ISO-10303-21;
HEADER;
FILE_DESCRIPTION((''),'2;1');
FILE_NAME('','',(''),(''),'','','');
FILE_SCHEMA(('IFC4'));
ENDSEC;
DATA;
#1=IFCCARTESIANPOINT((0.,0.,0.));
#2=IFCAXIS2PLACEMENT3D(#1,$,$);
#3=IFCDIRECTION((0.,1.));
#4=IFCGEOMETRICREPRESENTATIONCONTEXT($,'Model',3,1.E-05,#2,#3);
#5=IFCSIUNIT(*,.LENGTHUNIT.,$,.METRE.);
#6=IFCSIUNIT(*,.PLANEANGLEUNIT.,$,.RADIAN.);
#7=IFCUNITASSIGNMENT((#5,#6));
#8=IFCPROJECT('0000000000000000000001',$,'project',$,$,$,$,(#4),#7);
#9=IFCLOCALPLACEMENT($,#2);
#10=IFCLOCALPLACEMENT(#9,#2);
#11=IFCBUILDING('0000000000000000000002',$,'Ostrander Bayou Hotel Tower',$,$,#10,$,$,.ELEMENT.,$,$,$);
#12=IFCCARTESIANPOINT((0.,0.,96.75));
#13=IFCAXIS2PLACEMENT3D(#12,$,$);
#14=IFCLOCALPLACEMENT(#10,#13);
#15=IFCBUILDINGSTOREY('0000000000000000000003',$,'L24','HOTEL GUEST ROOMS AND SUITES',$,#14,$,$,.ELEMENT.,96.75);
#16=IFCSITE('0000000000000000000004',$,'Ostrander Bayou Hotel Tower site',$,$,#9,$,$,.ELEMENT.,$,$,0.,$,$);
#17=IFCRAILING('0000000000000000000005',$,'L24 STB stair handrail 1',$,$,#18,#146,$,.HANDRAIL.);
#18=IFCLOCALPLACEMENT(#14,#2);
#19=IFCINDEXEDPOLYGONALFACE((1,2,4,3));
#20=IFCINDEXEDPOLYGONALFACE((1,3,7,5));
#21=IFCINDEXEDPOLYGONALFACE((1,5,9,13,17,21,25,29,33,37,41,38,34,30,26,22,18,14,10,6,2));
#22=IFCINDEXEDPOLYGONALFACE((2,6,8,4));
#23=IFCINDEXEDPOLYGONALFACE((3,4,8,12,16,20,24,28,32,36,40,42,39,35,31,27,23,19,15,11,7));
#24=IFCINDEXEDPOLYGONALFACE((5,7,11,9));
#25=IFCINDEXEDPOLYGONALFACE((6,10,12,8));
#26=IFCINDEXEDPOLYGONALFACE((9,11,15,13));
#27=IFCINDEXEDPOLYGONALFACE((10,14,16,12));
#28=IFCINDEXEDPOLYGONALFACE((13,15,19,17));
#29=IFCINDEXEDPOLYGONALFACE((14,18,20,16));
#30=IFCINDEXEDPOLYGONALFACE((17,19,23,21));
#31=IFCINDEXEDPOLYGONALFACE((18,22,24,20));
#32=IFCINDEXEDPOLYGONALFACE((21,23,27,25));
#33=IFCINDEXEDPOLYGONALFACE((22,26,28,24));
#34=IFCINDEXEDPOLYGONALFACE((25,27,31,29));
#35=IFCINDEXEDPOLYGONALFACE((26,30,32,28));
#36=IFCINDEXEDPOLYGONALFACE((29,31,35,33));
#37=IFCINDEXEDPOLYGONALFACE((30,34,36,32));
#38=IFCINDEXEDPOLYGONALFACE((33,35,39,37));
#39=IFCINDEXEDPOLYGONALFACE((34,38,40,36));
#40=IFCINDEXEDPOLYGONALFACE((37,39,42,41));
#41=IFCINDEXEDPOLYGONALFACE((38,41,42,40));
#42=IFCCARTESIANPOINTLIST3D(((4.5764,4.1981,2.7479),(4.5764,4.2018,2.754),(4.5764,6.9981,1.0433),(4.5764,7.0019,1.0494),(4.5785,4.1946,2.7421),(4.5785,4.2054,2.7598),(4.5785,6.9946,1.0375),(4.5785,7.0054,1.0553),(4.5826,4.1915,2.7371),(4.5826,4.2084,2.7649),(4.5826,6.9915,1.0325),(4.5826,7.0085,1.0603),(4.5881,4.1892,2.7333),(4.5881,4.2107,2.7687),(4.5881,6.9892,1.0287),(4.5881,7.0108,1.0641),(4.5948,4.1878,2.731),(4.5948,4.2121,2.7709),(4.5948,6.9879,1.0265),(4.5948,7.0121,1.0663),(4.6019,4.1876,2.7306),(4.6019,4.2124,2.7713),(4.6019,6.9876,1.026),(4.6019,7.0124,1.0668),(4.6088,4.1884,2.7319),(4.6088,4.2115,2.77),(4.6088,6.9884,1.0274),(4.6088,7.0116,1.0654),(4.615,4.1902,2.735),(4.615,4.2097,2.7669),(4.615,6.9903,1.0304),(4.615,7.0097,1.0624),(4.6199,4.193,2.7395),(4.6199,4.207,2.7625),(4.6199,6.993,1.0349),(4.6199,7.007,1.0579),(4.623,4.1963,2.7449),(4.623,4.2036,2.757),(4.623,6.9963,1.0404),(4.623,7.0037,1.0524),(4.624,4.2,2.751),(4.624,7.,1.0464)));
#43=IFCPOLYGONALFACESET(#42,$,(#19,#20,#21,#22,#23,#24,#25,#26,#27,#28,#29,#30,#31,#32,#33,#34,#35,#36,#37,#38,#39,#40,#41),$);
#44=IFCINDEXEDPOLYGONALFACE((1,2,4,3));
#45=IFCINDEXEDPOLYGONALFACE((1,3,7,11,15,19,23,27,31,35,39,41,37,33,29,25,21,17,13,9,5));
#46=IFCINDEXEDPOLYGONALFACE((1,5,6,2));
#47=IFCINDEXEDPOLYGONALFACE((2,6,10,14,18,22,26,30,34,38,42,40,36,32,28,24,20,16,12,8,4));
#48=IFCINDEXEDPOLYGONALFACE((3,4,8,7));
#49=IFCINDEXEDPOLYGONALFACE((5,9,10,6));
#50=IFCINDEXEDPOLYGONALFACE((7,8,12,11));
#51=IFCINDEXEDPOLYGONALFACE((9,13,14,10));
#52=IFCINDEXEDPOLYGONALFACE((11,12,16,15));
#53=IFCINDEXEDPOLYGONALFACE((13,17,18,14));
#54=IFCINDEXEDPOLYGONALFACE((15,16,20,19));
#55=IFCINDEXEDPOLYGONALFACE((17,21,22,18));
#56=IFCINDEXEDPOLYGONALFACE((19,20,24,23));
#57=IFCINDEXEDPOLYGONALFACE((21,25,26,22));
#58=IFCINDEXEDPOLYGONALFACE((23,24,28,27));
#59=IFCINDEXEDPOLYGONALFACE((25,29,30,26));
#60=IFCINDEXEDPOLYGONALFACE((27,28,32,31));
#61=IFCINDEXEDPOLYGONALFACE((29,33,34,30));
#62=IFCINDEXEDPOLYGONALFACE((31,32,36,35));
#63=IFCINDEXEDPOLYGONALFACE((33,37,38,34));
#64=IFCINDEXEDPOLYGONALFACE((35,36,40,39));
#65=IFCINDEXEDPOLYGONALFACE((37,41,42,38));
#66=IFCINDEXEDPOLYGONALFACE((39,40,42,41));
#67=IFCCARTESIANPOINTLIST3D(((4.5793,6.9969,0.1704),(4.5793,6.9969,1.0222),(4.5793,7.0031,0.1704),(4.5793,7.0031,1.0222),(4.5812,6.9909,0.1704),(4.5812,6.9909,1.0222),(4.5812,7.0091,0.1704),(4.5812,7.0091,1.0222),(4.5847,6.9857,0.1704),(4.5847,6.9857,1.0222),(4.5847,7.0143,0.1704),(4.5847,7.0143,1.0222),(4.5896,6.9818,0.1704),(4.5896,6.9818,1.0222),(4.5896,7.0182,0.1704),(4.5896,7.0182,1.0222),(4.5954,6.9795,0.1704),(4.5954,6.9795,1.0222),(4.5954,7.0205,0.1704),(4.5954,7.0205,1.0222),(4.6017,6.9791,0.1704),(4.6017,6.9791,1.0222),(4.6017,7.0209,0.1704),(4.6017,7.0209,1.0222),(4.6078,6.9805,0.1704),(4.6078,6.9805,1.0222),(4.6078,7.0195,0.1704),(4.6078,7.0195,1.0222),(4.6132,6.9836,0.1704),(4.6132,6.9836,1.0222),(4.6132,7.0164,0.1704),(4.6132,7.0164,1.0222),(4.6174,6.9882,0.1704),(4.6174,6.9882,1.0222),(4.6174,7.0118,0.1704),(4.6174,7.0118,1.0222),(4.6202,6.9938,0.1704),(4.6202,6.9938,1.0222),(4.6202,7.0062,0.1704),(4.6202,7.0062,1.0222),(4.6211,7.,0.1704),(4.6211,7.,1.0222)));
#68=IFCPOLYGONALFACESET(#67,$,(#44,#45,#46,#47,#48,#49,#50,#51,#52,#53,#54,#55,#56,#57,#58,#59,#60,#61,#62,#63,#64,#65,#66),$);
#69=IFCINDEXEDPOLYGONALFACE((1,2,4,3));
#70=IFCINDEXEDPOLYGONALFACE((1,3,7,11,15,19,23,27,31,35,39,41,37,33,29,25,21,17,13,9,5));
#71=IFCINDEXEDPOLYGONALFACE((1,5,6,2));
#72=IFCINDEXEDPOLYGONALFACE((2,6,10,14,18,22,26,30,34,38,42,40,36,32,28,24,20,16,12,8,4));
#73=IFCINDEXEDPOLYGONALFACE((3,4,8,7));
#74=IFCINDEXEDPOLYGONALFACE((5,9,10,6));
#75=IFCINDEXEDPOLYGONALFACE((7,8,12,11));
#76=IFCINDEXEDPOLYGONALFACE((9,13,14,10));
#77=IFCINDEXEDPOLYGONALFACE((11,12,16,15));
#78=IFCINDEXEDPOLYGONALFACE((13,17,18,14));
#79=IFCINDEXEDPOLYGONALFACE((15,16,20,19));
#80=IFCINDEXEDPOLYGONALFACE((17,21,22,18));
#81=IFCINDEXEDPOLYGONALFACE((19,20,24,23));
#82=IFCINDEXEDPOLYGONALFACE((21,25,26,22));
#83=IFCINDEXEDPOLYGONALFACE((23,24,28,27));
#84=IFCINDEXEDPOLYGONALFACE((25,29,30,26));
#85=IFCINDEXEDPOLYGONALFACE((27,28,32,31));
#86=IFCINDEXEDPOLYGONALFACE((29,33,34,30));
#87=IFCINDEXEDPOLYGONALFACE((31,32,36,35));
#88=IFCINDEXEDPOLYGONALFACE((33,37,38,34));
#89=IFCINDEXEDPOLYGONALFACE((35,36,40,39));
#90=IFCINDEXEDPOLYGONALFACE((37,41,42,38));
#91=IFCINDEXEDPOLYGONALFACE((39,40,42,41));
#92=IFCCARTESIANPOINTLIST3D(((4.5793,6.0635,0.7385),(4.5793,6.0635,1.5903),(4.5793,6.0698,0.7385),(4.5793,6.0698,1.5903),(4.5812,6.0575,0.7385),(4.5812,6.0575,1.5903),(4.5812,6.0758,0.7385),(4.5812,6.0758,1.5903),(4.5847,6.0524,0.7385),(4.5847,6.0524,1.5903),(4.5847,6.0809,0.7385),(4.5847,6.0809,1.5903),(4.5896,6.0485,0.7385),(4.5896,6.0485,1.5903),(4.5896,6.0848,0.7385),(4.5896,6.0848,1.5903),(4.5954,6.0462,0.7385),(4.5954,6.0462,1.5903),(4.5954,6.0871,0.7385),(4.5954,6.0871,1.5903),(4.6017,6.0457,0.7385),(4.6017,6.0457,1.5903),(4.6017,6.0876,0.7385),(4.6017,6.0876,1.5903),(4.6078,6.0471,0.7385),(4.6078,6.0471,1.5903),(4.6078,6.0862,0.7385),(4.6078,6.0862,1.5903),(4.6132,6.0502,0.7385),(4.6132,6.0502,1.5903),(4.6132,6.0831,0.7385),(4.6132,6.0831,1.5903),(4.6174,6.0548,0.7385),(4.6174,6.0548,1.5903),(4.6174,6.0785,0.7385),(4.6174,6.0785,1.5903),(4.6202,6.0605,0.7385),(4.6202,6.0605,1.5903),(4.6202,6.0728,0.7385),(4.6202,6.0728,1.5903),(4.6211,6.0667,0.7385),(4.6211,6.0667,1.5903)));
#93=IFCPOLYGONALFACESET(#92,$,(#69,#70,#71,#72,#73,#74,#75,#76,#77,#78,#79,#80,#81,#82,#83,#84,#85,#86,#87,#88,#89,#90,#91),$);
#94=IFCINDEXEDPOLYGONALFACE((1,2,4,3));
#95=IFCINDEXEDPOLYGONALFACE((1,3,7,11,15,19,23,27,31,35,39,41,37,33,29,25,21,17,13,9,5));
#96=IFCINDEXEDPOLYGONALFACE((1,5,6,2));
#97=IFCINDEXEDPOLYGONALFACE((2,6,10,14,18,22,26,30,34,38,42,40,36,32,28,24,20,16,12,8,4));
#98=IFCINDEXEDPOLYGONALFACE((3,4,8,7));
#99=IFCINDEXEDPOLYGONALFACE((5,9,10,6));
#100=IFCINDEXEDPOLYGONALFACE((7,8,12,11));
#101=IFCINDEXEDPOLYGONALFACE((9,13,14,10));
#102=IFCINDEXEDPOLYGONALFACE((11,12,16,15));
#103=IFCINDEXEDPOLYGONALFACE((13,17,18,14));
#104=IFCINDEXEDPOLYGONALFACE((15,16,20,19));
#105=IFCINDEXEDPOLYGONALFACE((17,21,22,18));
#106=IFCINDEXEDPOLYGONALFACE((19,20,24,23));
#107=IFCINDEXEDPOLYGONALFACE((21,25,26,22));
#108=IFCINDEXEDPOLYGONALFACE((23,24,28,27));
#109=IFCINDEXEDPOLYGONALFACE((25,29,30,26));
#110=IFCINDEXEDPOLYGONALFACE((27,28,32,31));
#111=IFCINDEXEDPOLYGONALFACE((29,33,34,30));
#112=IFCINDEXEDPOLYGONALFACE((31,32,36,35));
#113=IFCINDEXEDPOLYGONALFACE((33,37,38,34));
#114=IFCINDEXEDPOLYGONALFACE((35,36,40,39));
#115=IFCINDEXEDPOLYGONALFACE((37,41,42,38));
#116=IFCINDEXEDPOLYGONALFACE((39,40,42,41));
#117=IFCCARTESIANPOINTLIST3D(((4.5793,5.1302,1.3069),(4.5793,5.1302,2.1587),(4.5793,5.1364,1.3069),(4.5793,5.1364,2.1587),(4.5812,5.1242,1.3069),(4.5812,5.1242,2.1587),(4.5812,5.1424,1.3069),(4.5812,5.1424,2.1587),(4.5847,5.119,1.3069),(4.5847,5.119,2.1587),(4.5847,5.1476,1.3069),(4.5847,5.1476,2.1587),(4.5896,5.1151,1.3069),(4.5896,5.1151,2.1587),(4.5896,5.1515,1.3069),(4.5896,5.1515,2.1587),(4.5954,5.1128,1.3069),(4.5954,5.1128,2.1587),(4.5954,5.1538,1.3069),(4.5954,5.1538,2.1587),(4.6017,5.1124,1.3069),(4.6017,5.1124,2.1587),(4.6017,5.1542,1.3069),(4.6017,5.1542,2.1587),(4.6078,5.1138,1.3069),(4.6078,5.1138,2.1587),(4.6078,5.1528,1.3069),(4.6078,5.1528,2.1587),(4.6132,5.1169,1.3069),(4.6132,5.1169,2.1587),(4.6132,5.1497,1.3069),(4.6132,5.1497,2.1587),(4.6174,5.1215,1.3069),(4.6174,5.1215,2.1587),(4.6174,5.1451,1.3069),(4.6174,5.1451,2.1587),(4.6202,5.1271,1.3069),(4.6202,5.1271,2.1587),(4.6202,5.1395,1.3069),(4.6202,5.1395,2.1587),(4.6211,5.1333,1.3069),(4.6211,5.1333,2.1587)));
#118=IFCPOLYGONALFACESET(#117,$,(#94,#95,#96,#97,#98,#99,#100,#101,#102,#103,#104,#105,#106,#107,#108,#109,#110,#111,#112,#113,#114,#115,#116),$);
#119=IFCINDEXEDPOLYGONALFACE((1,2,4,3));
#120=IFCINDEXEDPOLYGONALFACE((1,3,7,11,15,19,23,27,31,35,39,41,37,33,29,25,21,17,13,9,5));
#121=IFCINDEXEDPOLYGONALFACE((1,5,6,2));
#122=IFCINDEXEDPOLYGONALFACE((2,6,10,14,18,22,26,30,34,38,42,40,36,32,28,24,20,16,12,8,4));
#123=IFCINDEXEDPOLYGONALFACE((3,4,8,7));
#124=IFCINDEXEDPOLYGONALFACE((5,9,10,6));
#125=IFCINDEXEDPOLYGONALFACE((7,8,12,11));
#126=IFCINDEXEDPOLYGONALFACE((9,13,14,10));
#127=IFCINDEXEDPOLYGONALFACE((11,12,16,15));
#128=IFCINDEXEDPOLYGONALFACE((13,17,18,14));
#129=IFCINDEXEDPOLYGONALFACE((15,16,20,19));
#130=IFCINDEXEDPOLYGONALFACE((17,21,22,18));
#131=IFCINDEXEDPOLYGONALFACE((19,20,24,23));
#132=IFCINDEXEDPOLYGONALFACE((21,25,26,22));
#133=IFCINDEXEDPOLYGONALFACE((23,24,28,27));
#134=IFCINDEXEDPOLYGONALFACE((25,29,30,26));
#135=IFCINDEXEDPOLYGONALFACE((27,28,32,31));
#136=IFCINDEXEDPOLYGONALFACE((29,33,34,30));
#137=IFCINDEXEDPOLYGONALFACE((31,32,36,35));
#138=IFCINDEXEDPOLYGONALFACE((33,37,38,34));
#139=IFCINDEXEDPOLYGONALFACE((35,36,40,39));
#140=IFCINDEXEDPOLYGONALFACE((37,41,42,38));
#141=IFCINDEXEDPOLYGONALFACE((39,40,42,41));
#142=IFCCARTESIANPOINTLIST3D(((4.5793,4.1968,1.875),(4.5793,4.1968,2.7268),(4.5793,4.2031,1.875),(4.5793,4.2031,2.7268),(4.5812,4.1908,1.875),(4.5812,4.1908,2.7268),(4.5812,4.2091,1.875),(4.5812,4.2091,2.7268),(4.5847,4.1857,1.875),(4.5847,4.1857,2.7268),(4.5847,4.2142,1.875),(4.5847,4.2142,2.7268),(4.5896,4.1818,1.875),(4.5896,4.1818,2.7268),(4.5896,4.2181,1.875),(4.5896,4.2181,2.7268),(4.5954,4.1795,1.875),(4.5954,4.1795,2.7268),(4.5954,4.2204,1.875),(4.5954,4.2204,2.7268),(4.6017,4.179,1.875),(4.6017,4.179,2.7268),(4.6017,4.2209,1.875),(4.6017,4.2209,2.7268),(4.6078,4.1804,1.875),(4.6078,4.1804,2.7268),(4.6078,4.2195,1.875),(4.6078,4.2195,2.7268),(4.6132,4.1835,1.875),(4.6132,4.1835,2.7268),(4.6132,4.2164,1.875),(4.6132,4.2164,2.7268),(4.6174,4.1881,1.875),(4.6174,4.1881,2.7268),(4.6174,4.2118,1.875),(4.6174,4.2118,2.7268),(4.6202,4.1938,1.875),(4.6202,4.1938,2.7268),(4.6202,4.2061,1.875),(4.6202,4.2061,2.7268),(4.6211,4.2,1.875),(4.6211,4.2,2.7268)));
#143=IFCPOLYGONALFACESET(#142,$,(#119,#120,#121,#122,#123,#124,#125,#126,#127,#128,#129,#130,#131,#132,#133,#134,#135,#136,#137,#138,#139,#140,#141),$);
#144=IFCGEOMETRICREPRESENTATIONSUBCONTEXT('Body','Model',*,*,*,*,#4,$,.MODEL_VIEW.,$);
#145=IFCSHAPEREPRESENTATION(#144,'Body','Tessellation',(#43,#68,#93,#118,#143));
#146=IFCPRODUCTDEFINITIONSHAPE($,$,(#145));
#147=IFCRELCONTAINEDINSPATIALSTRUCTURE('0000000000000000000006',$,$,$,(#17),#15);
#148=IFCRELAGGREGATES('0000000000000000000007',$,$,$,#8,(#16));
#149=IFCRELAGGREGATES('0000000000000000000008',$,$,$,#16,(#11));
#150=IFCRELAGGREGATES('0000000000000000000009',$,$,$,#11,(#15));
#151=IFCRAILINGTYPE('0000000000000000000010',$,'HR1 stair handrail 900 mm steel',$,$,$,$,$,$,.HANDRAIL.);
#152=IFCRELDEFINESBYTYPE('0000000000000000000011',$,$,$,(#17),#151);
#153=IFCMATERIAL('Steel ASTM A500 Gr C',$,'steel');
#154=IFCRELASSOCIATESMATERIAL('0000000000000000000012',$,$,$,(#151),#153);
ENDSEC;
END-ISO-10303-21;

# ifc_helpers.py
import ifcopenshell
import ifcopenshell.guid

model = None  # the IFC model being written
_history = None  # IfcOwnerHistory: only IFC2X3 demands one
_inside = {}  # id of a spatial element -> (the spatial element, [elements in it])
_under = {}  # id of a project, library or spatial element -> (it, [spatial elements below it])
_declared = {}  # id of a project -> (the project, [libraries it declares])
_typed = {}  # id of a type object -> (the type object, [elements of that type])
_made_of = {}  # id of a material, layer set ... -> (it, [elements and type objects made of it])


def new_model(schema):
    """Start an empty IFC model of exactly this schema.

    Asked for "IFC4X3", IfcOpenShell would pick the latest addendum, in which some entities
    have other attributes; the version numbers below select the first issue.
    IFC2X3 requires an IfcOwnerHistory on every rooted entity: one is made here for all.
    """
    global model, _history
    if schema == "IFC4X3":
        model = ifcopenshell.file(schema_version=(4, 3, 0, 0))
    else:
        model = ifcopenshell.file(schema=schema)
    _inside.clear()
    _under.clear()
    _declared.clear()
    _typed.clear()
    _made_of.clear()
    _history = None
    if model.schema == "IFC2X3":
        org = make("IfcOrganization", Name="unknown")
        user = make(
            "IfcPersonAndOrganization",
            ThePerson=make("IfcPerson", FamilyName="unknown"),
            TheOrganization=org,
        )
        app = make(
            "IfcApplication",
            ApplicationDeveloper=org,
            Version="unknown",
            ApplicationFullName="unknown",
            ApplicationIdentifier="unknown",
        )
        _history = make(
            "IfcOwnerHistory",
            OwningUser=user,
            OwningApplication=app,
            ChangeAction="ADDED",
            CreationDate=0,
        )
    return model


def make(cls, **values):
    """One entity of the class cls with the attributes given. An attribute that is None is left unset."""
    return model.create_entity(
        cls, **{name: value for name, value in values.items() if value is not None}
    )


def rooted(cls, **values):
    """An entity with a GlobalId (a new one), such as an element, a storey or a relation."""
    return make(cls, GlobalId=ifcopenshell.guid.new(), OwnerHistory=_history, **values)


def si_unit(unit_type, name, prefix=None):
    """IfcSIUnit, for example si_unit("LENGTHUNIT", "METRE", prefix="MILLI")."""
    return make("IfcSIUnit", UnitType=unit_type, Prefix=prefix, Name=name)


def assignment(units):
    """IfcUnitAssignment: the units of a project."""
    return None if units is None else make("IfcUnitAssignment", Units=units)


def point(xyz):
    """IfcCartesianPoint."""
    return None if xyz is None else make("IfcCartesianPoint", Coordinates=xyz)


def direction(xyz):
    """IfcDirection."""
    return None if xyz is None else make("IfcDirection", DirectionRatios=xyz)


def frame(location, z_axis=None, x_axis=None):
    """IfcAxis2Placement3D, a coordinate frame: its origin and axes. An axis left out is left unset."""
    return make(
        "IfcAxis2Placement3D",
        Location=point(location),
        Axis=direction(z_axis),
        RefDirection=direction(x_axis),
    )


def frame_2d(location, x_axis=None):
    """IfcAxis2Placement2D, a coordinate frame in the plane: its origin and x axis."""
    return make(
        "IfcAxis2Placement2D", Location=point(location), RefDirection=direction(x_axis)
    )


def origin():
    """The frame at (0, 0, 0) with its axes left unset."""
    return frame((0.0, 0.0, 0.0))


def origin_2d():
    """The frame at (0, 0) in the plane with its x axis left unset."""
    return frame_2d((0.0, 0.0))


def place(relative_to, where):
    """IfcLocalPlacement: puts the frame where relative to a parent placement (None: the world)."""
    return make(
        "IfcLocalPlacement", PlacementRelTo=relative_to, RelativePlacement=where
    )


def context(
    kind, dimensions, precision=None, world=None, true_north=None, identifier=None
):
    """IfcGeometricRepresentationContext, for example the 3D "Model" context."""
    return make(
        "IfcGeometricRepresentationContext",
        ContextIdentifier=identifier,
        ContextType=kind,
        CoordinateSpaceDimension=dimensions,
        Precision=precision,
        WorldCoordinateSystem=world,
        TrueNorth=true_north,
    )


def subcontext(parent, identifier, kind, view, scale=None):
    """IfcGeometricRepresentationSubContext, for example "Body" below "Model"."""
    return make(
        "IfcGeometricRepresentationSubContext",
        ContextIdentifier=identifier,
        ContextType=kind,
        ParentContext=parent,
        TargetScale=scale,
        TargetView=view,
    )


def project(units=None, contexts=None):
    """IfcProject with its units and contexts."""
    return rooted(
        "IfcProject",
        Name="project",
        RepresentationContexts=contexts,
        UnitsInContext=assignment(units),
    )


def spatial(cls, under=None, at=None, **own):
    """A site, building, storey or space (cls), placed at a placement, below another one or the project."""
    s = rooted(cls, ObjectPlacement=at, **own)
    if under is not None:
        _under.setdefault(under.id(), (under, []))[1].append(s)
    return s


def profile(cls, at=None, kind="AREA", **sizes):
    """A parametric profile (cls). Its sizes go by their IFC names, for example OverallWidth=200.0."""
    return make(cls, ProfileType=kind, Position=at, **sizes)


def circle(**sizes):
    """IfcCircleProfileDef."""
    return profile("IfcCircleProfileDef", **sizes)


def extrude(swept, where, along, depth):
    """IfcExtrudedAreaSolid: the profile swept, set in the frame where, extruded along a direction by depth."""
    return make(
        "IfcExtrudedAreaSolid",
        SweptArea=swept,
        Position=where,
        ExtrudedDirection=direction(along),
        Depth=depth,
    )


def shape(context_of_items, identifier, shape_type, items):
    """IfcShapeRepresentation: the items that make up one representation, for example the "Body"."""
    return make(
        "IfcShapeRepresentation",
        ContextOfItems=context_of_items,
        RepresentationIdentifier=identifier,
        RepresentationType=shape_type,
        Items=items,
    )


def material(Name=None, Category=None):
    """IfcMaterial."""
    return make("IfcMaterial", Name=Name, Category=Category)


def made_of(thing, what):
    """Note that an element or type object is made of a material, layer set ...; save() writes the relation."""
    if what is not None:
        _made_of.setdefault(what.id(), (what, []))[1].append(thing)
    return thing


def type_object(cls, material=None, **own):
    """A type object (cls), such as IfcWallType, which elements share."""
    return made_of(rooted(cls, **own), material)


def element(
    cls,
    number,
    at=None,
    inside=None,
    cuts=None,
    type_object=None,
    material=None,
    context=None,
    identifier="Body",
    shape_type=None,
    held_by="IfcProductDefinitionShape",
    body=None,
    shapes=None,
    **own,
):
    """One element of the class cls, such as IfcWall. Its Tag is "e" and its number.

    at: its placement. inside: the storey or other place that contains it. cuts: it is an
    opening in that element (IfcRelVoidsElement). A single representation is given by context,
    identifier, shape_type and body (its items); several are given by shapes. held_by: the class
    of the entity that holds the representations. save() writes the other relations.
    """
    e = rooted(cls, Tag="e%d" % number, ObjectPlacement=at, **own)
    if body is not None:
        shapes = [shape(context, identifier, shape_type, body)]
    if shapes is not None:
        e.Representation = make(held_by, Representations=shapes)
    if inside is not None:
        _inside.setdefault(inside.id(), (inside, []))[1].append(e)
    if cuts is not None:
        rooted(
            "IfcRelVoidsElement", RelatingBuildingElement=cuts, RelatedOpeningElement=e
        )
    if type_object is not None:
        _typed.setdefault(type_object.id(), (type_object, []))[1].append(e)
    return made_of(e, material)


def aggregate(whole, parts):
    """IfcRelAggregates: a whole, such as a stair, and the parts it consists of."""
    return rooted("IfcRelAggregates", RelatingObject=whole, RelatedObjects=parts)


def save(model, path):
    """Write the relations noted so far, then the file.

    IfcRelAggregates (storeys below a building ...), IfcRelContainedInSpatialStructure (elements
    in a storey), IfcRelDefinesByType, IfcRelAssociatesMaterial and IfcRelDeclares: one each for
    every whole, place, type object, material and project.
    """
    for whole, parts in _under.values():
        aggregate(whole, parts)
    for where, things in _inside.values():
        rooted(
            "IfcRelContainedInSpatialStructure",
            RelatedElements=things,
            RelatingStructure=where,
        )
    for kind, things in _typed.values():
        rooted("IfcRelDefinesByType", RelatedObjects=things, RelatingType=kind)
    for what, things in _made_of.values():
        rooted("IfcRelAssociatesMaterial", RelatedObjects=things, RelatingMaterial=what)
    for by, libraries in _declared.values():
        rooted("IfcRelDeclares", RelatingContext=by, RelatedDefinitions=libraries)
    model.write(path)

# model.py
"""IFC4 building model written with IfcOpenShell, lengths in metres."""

from ifc_helpers import new_model, si_unit, direction, frame, origin, origin_2d, place, context, subcontext, project, spatial, circle, extrude, material, type_object, element, save


model = new_model("IFC4")

# Units and contexts
model_context = context("Model", 3, precision=1e-05, world=origin(), true_north=direction((0.0, 1.0)))
body_context = subcontext(model_context, "Body", "Model", "MODEL_VIEW")
ifc_project = project(units=[si_unit("LENGTHUNIT", "METRE"), si_unit("PLANEANGLEUNIT", "RADIAN")], contexts=[model_context])

# Site, building, storey
site_placement = place(None, origin())
site = spatial("IfcSite", under=ifc_project, at=site_placement, Name="Ostrander Bayou Hotel Tower site", CompositionType="ELEMENT", RefElevation=0.0)
building_placement = place(site_placement, origin())
building = spatial("IfcBuilding", under=site, at=building_placement, Name="Ostrander Bayou Hotel Tower", CompositionType="ELEMENT")
storey_placement = place(building_placement, frame((0.0, 0.0, 96.75)))
storey = spatial("IfcBuildingStorey", under=building, at=storey_placement, Name="L24", Description="HOTEL GUEST ROOMS AND SUITES", CompositionType="ELEMENT", Elevation=96.75)

# Railing
ifc_material_1 = material(Name="Steel ASTM A500 Gr C", Category="steel")
railing_type_1 = type_object("IfcRailingType", Name="HR1 stair handrail 900 mm steel", PredefinedType="HANDRAIL", material=ifc_material_1)
railing_1_placement = place(storey_placement, frame((4.6001, 7.0, 0.1704)))
element("IfcRailing", 1, at=railing_1_placement, inside=storey, type_object=railing_type_1, Name="L24 STB stair handrail 1", PredefinedType="HANDRAIL", context=body_context, shape_type="SweptSolid", body=[
    extrude(circle(Radius=0.0239, at=origin_2d()), frame((0.0, 0.0, 0.876), z_axis=(0.0, -0.85417, 0.519994), x_axis=(1.0, 0.0, 0.0)), (0.0, 0.0, 1.0), 3.2781),
    extrude(circle(Radius=0.021, at=origin_2d()), origin(), (0.0, 0.0, 1.0), 0.8518),
    extrude(circle(Radius=0.021, at=origin_2d()), frame((0.0, -0.9333, 0.5681)), (0.0, 0.0, 1.0), 0.8518),
    extrude(circle(Radius=0.021, at=origin_2d()), frame((0.0, -1.8667, 1.1365)), (0.0, 0.0, 1.0), 0.8518),
    extrude(circle(Radius=0.021, at=origin_2d()), frame((0.0, -2.8, 1.7046)), (0.0, 0.0, 1.0), 0.8518),
])

save(model, "model.ifc")
